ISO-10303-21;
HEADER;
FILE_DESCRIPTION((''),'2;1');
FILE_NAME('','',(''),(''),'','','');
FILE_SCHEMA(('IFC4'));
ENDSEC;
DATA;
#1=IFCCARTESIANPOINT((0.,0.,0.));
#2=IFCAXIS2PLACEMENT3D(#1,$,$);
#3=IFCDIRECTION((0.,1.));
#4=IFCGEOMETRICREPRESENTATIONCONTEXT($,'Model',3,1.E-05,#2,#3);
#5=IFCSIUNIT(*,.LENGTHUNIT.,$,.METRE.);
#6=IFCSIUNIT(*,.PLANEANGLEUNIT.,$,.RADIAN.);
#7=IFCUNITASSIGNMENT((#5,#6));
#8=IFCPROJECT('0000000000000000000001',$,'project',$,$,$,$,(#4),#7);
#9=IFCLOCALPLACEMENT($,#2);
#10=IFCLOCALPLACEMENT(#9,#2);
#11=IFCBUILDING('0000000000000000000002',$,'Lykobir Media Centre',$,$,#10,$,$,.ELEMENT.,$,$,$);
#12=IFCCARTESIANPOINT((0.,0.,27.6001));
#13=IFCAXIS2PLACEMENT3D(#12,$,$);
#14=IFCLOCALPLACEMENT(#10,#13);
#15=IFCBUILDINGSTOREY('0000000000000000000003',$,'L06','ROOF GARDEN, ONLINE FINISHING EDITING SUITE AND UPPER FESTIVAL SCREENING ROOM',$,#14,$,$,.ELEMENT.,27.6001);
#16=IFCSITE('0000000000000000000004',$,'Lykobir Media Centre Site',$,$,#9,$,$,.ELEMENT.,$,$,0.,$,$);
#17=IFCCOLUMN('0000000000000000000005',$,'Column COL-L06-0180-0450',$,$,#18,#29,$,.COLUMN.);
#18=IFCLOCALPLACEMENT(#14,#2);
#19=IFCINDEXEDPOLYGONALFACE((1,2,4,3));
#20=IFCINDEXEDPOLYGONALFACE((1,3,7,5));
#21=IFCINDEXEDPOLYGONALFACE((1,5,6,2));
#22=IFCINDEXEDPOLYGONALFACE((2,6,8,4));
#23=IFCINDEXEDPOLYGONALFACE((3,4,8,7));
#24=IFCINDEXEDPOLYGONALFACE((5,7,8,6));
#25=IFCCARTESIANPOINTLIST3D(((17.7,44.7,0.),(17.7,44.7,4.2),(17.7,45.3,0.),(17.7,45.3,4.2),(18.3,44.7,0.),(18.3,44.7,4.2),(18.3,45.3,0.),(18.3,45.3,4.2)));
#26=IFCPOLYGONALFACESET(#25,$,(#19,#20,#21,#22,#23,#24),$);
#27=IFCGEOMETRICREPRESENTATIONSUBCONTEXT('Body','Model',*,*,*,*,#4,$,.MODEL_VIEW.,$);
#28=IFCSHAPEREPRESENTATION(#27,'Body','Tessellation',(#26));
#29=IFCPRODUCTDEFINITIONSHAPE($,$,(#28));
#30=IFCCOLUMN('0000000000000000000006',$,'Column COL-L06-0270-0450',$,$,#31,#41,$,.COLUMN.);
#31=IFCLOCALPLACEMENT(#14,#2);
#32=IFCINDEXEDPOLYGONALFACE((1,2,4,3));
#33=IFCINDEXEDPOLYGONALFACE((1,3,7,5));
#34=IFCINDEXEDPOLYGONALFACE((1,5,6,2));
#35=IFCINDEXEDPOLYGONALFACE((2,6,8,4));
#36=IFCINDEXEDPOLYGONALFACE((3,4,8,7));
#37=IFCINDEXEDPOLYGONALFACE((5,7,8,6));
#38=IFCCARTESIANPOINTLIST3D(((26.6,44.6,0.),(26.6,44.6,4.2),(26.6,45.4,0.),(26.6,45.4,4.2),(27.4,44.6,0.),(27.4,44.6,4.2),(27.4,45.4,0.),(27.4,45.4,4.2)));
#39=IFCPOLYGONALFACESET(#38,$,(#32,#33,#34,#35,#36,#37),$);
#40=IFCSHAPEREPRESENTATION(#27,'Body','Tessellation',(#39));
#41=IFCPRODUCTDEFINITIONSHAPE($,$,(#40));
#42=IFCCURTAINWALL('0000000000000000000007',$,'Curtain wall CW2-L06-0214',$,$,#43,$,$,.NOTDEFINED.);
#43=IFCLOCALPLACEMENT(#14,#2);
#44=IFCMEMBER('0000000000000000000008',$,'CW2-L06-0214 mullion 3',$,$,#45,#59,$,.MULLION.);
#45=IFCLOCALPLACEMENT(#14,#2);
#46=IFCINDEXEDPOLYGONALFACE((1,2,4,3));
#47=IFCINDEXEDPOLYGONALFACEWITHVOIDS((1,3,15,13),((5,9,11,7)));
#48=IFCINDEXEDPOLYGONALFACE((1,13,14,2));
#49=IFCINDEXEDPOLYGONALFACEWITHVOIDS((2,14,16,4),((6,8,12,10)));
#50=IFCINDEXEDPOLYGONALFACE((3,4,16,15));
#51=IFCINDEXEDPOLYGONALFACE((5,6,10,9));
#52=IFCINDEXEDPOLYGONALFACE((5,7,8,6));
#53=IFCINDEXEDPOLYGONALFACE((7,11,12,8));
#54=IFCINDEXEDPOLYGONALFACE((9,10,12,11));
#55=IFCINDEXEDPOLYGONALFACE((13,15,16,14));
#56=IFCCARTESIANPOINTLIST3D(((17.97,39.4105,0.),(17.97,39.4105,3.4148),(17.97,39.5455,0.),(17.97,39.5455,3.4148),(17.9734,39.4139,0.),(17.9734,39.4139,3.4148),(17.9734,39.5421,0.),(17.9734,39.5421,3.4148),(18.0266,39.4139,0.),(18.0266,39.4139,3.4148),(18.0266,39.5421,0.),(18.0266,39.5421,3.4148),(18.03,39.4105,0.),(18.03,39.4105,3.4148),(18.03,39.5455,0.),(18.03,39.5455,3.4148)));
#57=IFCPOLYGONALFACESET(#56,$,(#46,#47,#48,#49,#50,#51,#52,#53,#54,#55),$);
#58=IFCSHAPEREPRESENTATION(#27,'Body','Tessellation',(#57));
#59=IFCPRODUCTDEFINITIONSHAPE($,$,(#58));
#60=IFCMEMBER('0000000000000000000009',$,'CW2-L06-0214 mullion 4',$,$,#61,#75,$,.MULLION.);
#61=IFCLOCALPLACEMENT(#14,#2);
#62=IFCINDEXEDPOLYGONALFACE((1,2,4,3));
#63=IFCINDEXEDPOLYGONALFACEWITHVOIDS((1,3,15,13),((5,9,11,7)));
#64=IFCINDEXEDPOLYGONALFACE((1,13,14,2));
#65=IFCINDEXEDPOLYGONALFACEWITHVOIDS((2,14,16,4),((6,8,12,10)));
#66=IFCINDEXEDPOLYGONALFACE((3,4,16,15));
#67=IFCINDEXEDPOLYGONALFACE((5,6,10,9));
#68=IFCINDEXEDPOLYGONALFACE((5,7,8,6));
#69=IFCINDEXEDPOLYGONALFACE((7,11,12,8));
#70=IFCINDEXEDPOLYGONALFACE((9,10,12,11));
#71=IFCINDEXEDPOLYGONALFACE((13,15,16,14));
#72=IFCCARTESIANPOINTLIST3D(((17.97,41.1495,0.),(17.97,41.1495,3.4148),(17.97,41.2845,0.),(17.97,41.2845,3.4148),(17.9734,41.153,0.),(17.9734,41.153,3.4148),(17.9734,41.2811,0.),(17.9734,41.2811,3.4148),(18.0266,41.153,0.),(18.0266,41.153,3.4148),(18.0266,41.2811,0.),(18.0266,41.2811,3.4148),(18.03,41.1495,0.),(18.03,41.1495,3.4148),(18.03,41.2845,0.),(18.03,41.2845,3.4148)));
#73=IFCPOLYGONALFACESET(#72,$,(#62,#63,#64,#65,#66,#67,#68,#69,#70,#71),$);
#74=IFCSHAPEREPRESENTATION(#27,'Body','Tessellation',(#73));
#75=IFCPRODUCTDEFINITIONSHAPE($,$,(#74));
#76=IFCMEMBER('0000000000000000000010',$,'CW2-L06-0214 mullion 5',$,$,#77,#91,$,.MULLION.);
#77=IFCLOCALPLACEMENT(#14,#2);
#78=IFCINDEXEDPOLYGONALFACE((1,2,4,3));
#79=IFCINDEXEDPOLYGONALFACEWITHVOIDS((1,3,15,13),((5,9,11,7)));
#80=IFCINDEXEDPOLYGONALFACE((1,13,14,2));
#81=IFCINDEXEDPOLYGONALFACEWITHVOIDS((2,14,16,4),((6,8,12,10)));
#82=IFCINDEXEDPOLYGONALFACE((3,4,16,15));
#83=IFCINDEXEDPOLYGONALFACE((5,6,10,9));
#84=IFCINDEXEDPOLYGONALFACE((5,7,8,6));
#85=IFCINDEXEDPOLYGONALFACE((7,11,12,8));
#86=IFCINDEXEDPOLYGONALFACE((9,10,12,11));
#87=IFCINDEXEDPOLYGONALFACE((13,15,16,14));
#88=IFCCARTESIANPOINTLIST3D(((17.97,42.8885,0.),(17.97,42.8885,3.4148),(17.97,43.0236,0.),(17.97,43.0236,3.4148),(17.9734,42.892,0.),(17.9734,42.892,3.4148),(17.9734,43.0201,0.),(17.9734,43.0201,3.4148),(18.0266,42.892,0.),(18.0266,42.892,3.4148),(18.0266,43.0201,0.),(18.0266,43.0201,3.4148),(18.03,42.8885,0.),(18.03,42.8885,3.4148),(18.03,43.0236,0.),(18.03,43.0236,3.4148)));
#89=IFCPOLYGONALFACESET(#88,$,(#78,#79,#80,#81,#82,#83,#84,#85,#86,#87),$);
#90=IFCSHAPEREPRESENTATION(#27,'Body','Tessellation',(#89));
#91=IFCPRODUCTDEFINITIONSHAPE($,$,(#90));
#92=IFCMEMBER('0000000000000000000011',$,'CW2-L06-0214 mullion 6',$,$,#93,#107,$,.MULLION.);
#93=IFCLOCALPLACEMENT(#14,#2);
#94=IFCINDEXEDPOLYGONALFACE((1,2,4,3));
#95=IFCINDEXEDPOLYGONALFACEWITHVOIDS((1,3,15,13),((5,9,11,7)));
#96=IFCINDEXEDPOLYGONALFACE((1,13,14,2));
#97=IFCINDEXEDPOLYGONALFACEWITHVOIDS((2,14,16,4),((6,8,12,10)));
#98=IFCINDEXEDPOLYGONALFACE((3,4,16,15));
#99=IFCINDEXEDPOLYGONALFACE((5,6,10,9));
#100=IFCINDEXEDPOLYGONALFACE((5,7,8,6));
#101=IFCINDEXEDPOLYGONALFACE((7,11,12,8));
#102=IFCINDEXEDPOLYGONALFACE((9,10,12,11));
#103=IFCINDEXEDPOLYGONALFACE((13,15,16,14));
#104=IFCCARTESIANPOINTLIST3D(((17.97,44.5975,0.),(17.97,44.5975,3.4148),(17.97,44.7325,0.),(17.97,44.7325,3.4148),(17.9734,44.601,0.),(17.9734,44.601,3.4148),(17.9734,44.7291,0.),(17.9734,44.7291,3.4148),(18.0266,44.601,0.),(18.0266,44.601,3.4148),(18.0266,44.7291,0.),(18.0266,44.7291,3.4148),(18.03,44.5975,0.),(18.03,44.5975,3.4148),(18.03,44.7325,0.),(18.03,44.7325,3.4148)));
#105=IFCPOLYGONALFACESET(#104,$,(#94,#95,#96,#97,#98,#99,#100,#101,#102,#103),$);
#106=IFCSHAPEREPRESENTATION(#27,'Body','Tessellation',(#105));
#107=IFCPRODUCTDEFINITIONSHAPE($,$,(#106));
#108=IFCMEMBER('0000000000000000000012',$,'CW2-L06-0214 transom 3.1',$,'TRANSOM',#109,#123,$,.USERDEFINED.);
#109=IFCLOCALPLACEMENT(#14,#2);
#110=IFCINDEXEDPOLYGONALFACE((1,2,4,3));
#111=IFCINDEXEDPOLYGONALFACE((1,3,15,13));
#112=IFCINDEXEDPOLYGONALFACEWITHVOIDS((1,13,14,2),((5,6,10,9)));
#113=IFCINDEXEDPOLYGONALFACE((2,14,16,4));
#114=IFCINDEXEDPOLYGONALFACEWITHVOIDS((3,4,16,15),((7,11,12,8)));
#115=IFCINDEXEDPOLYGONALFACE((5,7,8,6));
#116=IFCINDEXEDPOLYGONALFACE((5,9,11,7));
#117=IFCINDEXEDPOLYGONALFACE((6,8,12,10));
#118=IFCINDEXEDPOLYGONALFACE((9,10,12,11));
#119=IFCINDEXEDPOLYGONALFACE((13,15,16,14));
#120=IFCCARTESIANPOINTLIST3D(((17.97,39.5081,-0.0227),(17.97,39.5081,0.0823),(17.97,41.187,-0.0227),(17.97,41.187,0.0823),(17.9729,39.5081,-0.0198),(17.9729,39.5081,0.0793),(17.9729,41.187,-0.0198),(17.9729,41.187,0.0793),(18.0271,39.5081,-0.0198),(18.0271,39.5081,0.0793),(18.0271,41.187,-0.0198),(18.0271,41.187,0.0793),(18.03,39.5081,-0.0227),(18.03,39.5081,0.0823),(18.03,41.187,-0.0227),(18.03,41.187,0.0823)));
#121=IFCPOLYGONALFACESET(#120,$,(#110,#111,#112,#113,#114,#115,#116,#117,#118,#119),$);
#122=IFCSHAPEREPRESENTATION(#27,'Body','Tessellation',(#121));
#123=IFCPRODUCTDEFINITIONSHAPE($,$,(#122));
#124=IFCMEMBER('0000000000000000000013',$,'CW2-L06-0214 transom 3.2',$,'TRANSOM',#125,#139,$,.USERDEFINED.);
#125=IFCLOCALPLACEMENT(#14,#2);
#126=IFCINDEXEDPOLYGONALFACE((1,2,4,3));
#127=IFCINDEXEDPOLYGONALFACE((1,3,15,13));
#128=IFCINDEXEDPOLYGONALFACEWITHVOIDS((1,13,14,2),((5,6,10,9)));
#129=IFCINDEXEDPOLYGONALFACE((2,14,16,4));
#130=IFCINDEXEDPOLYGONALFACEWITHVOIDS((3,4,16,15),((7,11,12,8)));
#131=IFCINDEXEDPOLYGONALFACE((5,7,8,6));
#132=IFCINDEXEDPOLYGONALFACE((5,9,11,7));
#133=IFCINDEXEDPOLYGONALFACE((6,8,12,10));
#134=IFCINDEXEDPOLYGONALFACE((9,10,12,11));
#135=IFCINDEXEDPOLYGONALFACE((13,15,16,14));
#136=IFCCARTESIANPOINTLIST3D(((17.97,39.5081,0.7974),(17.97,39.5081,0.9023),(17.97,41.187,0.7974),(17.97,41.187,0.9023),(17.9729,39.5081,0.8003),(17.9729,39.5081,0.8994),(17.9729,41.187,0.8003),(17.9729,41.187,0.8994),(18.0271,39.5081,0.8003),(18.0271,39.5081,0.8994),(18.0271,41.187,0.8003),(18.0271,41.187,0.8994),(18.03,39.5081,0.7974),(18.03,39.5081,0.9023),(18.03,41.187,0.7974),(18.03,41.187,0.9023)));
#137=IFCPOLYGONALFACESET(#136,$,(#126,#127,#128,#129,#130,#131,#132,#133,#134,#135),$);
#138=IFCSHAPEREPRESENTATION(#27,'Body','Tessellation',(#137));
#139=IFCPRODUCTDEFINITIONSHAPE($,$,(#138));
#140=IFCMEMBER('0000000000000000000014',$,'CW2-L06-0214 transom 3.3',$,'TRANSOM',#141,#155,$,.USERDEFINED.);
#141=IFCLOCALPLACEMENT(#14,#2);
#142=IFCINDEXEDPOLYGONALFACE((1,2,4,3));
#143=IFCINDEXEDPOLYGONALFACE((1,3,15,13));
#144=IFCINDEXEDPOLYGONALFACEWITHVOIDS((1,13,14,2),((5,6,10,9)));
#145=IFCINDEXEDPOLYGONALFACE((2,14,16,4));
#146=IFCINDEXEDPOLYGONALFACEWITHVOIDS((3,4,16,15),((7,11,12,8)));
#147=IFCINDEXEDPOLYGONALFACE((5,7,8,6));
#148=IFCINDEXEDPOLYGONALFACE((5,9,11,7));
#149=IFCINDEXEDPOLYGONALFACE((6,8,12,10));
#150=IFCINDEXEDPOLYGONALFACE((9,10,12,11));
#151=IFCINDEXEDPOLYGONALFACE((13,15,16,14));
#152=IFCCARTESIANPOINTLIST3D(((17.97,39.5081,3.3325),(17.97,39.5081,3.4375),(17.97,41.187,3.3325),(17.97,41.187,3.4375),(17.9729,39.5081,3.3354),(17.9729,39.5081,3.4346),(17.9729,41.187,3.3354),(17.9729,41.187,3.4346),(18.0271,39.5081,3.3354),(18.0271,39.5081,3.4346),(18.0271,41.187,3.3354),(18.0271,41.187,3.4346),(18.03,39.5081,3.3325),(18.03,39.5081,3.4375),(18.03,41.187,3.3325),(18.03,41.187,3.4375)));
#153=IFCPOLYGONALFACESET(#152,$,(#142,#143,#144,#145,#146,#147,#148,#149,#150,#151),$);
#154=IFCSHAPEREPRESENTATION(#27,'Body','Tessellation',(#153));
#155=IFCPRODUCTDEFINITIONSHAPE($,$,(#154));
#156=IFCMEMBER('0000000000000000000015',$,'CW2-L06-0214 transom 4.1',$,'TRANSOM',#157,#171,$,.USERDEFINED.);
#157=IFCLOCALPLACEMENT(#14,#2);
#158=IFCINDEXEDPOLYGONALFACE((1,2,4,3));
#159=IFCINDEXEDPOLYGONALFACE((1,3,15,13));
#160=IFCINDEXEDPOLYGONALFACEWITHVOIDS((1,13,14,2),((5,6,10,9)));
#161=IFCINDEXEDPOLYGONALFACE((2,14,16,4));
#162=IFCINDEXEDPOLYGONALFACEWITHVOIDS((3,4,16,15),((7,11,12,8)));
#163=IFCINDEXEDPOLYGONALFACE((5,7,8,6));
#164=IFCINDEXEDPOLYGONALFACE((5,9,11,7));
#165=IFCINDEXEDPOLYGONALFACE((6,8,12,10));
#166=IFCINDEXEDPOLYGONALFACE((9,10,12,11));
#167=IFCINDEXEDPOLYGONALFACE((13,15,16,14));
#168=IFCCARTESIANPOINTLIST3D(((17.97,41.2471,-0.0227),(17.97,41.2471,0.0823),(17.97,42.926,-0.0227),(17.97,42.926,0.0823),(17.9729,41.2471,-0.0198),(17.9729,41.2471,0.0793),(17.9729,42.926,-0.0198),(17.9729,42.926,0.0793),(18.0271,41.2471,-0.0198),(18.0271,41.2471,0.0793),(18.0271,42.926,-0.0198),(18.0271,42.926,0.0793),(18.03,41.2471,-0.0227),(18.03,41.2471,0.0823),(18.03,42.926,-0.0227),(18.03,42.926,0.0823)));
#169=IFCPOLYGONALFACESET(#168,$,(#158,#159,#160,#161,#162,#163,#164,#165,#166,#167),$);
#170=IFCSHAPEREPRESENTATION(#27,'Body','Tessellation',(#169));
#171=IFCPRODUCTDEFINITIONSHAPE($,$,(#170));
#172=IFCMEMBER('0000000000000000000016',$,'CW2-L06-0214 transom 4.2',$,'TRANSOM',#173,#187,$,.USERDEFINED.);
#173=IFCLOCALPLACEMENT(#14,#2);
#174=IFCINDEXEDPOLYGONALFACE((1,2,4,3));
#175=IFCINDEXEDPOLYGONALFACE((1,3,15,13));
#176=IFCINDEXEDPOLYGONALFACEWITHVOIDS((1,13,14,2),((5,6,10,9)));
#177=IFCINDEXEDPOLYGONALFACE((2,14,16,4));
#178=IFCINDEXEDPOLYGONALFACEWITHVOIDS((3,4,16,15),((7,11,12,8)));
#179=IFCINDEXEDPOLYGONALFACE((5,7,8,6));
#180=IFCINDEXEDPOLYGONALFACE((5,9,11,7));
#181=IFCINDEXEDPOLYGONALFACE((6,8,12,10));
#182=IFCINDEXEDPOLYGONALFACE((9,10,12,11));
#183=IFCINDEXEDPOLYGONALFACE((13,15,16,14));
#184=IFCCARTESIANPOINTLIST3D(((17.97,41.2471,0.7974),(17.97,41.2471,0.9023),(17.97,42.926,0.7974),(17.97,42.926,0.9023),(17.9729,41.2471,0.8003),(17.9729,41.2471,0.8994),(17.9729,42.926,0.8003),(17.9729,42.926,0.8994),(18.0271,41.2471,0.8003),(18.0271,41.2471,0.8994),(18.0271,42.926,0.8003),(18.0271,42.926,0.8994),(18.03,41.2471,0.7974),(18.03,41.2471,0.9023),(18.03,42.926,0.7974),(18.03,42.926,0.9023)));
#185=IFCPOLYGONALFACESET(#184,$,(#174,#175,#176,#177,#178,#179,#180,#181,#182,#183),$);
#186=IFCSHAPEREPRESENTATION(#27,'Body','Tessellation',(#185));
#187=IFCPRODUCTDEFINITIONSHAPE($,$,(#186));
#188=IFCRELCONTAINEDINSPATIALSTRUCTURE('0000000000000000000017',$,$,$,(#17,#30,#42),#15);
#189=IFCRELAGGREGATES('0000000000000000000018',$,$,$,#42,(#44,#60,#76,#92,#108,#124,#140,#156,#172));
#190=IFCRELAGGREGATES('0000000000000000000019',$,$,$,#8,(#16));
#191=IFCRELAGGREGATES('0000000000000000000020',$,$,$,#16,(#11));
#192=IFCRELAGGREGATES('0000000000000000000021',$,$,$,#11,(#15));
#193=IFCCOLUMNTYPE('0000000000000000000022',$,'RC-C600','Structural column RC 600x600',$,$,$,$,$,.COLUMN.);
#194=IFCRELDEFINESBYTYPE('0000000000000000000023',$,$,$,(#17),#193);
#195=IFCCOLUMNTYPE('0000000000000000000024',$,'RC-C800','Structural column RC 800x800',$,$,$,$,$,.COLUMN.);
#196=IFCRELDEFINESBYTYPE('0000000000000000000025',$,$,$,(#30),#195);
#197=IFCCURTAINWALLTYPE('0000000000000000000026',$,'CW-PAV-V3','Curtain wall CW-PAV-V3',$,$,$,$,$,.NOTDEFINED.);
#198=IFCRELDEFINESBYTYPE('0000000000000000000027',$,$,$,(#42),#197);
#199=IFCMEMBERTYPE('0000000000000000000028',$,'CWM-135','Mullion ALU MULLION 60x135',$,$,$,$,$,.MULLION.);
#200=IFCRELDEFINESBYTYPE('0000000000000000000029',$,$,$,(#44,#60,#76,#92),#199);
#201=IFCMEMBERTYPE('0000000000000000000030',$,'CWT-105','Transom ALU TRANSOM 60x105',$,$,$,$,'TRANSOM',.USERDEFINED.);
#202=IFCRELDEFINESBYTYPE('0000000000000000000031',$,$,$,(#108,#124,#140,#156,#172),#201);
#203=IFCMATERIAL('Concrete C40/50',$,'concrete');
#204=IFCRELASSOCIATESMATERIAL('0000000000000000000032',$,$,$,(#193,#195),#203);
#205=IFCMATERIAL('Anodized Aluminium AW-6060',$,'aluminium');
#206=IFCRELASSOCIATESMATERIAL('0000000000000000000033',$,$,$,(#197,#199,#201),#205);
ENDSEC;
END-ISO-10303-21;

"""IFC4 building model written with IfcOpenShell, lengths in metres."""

from ifc_helpers import new_model, si_unit, direction, frame, origin, origin_2d, place, context, subcontext, project, spatial, rectangle, hollow_rectangle, extrude, material, material_profile, profile_set, type_object, element, aggregate, save


model = new_model("IFC4")

# Units and contexts
model_context = context("Model", 3, precision=1e-05, world=origin(), true_north=direction((0.0, 1.0)))
body_context = subcontext(model_context, "Body", "Model", "MODEL_VIEW")
ifc_project = project(units=[si_unit("LENGTHUNIT", "METRE"), si_unit("PLANEANGLEUNIT", "RADIAN")], contexts=[model_context])

# Site, building, storey
site_placement = place(None, origin())
site = spatial("IfcSite", under=ifc_project, at=site_placement, Name="Lykobir Media Centre Site", CompositionType="ELEMENT", RefElevation=0.0)
building_placement = place(site_placement, origin())
building = spatial("IfcBuilding", under=site, at=building_placement, Name="Lykobir Media Centre", CompositionType="ELEMENT")
storey_placement = place(building_placement, frame((0.0, 0.0, 27.6001)))
storey = spatial("IfcBuildingStorey", under=building, at=storey_placement, Name="L06", Description="ROOF GARDEN, ONLINE FINISHING EDITING SUITE AND UPPER FESTIVAL SCREENING ROOM", CompositionType="ELEMENT", Elevation=27.6001)

# Columns
ifc_material_1 = material(Name="Concrete C40/50", Category="concrete")
ifc_material_profile_1 = material_profile(ifc_material_1, rectangle(XDim=0.6001, YDim=0.6001, at=origin_2d()), Name="RC 600x600")
ifc_profile_set_1 = profile_set([ifc_material_profile_1], Name="Concrete C40/50")
column_type_1 = type_object("IfcColumnType", Name="RC-C600", Description="Structural column RC 600x600", PredefinedType="COLUMN", material=ifc_profile_set_1)
column_1_placement = place(storey_placement, frame((18.0, 45.0, 0.0), z_axis=(0.0, 0.0, 1.0), x_axis=(1.0, 0.0, 0.0)))
element("IfcColumn", 1, at=column_1_placement, inside=storey, type_object=column_type_1, Name="Column COL-L06-0180-0450", PredefinedType="COLUMN", context=body_context, shape_type="SweptSolid", body=[
    extrude(rectangle(XDim=0.6001, YDim=0.6001, at=origin_2d()), origin(), (0.0, 0.0, 1.0), 4.2),
])
ifc_material_profile_2 = material_profile(ifc_material_1, rectangle(XDim=0.8, YDim=0.8, at=origin_2d()), Name="RC 800x800")
ifc_profile_set_2 = profile_set([ifc_material_profile_2], Name="Concrete C40/50")
column_type_2 = type_object("IfcColumnType", Name="RC-C800", Description="Structural column RC 800x800", PredefinedType="COLUMN", material=ifc_profile_set_2)
column_2_placement = place(storey_placement, frame((27.0, 45.0, 0.0), z_axis=(0.0, 0.0, 1.0), x_axis=(1.0, 0.0, 0.0)))
element("IfcColumn", 2, at=column_2_placement, inside=storey, type_object=column_type_2, Name="Column COL-L06-0270-0450", PredefinedType="COLUMN", context=body_context, shape_type="SweptSolid", body=[
    extrude(rectangle(XDim=0.8, YDim=0.8, at=origin_2d()), origin(), (0.0, 0.0, 1.0), 4.2),
])

# Curtain wall, members
ifc_material_2 = material(Name="Anodized Aluminium AW-6060", Category="aluminium")
curtain_wall_type = type_object("IfcCurtainWallType", Name="CW-PAV-V3", Description="Curtain wall CW-PAV-V3", PredefinedType="NOTDEFINED", material=ifc_material_2)
curtain_wall_placement = place(storey_placement, origin())
curtain_wall = element("IfcCurtainWall", 3, at=curtain_wall_placement, inside=storey, type_object=curtain_wall_type, Name="Curtain wall CW2-L06-0214", PredefinedType="NOTDEFINED")
ifc_material_profile_3 = material_profile(ifc_material_2, hollow_rectangle(XDim=0.0601, YDim=0.135, WallThickness=0.0034, at=origin_2d()), Name="ALU MULLION 60x135")
ifc_profile_set_3 = profile_set([ifc_material_profile_3], Name="Anodized Aluminium AW-6060")
member_type_1 = type_object("IfcMemberType", Name="CWM-135", Description="Mullion ALU MULLION 60x135", PredefinedType="MULLION", material=ifc_profile_set_3)
member_1_placement = place(storey_placement, frame((18.0, 39.478, 0.0), z_axis=(0.0, 0.0, 1.0), x_axis=(-1.0, 0.0, 0.0)))
member_1 = element("IfcMember", 4, at=member_1_placement, type_object=member_type_1, Name="CW2-L06-0214 mullion 3", PredefinedType="MULLION", context=body_context, shape_type="SweptSolid", body=[
    extrude(hollow_rectangle(XDim=0.0601, YDim=0.135, WallThickness=0.0034, at=origin_2d()), origin(), (0.0, 0.0, 1.0), 3.4148),
])
member_2_placement = place(storey_placement, frame((18.0, 41.217, 0.0), z_axis=(0.0, 0.0, 1.0), x_axis=(-1.0, 0.0, 0.0)))
member_2 = element("IfcMember", 5, at=member_2_placement, type_object=member_type_1, Name="CW2-L06-0214 mullion 4", PredefinedType="MULLION", context=body_context, shape_type="SweptSolid", body=[
    extrude(hollow_rectangle(XDim=0.0601, YDim=0.135, WallThickness=0.0034, at=origin_2d()), origin(), (0.0, 0.0, 1.0), 3.4148),
])
member_3_placement = place(storey_placement, frame((18.0, 42.9561, 0.0), z_axis=(0.0, 0.0, 1.0), x_axis=(-1.0, 0.0, 0.0)))
member_3 = element("IfcMember", 6, at=member_3_placement, type_object=member_type_1, Name="CW2-L06-0214 mullion 5", PredefinedType="MULLION", context=body_context, shape_type="SweptSolid", body=[
    extrude(hollow_rectangle(XDim=0.0601, YDim=0.135, WallThickness=0.0034, at=origin_2d()), origin(), (0.0, 0.0, 1.0), 3.4148),
])
member_4_placement = place(storey_placement, frame((18.0, 44.665, 0.0), z_axis=(0.0, 0.0, 1.0), x_axis=(-1.0, 0.0, 0.0)))
member_4 = element("IfcMember", 7, at=member_4_placement, type_object=member_type_1, Name="CW2-L06-0214 mullion 6", PredefinedType="MULLION", context=body_context, shape_type="SweptSolid", body=[
    extrude(hollow_rectangle(XDim=0.0601, YDim=0.135, WallThickness=0.0034, at=origin_2d()), origin(), (0.0, 0.0, 1.0), 3.4148),
])
ifc_material_profile_4 = material_profile(ifc_material_2, hollow_rectangle(XDim=0.0601, YDim=0.105, WallThickness=0.0029, at=origin_2d()), Name="ALU TRANSOM 60x105")
ifc_profile_set_4 = profile_set([ifc_material_profile_4], Name="Anodized Aluminium AW-6060")
member_type_2 = type_object("IfcMemberType", Name="CWT-105", Description="Transom ALU TRANSOM 60x105", ElementType="TRANSOM", PredefinedType="USERDEFINED", material=ifc_profile_set_4)
member_5_placement = place(storey_placement, frame((18.0, 39.5081, 0.0298), z_axis=(0.0, 1.0, 0.0), x_axis=(-1.0, 0.0, 0.0)))
member_5 = element("IfcMember", 8, at=member_5_placement, type_object=member_type_2, Name="CW2-L06-0214 transom 3.1", ObjectType="TRANSOM", PredefinedType="USERDEFINED", context=body_context, shape_type="SweptSolid", body=[
    extrude(hollow_rectangle(XDim=0.0601, YDim=0.105, WallThickness=0.0029, at=origin_2d()), origin(), (0.0, 0.0, 1.0), 1.679),
])
member_6_placement = place(storey_placement, frame((18.0, 39.5081, 0.8499), z_axis=(0.0, 1.0, 0.0), x_axis=(-1.0, 0.0, 0.0)))
member_6 = element("IfcMember", 9, at=member_6_placement, type_object=member_type_2, Name="CW2-L06-0214 transom 3.2", ObjectType="TRANSOM", PredefinedType="USERDEFINED", context=body_context, shape_type="SweptSolid", body=[
    extrude(hollow_rectangle(XDim=0.0601, YDim=0.105, WallThickness=0.0029, at=origin_2d()), origin(), (0.0, 0.0, 1.0), 1.679),
])
member_7_placement = place(storey_placement, frame((18.0, 39.5081, 3.385), z_axis=(0.0, 1.0, 0.0), x_axis=(-1.0, 0.0, 0.0)))
member_7 = element("IfcMember", 10, at=member_7_placement, type_object=member_type_2, Name="CW2-L06-0214 transom 3.3", ObjectType="TRANSOM", PredefinedType="USERDEFINED", context=body_context, shape_type="SweptSolid", body=[
    extrude(hollow_rectangle(XDim=0.0601, YDim=0.105, WallThickness=0.0029, at=origin_2d()), origin(), (0.0, 0.0, 1.0), 1.679),
])
member_8_placement = place(storey_placement, frame((18.0, 41.2471, 0.0298), z_axis=(0.0, 1.0, 0.0), x_axis=(-1.0, 0.0, 0.0)))
member_8 = element("IfcMember", 11, at=member_8_placement, type_object=member_type_2, Name="CW2-L06-0214 transom 4.1", ObjectType="TRANSOM", PredefinedType="USERDEFINED", context=body_context, shape_type="SweptSolid", body=[
    extrude(hollow_rectangle(XDim=0.0601, YDim=0.105, WallThickness=0.0029, at=origin_2d()), origin(), (0.0, 0.0, 1.0), 1.679),
])
member_9_placement = place(storey_placement, frame((18.0, 41.2471, 0.8499), z_axis=(0.0, 1.0, 0.0), x_axis=(-1.0, 0.0, 0.0)))
member_9 = element("IfcMember", 12, at=member_9_placement, type_object=member_type_2, Name="CW2-L06-0214 transom 4.2", ObjectType="TRANSOM", PredefinedType="USERDEFINED", context=body_context, shape_type="SweptSolid", body=[
    extrude(hollow_rectangle(XDim=0.0601, YDim=0.105, WallThickness=0.0029, at=origin_2d()), origin(), (0.0, 0.0, 1.0), 1.679),
])

aggregate(curtain_wall, [member_1, member_2, member_3, member_4, member_5, member_6, member_7, member_8, member_9])

save(model, "model.ifc")
